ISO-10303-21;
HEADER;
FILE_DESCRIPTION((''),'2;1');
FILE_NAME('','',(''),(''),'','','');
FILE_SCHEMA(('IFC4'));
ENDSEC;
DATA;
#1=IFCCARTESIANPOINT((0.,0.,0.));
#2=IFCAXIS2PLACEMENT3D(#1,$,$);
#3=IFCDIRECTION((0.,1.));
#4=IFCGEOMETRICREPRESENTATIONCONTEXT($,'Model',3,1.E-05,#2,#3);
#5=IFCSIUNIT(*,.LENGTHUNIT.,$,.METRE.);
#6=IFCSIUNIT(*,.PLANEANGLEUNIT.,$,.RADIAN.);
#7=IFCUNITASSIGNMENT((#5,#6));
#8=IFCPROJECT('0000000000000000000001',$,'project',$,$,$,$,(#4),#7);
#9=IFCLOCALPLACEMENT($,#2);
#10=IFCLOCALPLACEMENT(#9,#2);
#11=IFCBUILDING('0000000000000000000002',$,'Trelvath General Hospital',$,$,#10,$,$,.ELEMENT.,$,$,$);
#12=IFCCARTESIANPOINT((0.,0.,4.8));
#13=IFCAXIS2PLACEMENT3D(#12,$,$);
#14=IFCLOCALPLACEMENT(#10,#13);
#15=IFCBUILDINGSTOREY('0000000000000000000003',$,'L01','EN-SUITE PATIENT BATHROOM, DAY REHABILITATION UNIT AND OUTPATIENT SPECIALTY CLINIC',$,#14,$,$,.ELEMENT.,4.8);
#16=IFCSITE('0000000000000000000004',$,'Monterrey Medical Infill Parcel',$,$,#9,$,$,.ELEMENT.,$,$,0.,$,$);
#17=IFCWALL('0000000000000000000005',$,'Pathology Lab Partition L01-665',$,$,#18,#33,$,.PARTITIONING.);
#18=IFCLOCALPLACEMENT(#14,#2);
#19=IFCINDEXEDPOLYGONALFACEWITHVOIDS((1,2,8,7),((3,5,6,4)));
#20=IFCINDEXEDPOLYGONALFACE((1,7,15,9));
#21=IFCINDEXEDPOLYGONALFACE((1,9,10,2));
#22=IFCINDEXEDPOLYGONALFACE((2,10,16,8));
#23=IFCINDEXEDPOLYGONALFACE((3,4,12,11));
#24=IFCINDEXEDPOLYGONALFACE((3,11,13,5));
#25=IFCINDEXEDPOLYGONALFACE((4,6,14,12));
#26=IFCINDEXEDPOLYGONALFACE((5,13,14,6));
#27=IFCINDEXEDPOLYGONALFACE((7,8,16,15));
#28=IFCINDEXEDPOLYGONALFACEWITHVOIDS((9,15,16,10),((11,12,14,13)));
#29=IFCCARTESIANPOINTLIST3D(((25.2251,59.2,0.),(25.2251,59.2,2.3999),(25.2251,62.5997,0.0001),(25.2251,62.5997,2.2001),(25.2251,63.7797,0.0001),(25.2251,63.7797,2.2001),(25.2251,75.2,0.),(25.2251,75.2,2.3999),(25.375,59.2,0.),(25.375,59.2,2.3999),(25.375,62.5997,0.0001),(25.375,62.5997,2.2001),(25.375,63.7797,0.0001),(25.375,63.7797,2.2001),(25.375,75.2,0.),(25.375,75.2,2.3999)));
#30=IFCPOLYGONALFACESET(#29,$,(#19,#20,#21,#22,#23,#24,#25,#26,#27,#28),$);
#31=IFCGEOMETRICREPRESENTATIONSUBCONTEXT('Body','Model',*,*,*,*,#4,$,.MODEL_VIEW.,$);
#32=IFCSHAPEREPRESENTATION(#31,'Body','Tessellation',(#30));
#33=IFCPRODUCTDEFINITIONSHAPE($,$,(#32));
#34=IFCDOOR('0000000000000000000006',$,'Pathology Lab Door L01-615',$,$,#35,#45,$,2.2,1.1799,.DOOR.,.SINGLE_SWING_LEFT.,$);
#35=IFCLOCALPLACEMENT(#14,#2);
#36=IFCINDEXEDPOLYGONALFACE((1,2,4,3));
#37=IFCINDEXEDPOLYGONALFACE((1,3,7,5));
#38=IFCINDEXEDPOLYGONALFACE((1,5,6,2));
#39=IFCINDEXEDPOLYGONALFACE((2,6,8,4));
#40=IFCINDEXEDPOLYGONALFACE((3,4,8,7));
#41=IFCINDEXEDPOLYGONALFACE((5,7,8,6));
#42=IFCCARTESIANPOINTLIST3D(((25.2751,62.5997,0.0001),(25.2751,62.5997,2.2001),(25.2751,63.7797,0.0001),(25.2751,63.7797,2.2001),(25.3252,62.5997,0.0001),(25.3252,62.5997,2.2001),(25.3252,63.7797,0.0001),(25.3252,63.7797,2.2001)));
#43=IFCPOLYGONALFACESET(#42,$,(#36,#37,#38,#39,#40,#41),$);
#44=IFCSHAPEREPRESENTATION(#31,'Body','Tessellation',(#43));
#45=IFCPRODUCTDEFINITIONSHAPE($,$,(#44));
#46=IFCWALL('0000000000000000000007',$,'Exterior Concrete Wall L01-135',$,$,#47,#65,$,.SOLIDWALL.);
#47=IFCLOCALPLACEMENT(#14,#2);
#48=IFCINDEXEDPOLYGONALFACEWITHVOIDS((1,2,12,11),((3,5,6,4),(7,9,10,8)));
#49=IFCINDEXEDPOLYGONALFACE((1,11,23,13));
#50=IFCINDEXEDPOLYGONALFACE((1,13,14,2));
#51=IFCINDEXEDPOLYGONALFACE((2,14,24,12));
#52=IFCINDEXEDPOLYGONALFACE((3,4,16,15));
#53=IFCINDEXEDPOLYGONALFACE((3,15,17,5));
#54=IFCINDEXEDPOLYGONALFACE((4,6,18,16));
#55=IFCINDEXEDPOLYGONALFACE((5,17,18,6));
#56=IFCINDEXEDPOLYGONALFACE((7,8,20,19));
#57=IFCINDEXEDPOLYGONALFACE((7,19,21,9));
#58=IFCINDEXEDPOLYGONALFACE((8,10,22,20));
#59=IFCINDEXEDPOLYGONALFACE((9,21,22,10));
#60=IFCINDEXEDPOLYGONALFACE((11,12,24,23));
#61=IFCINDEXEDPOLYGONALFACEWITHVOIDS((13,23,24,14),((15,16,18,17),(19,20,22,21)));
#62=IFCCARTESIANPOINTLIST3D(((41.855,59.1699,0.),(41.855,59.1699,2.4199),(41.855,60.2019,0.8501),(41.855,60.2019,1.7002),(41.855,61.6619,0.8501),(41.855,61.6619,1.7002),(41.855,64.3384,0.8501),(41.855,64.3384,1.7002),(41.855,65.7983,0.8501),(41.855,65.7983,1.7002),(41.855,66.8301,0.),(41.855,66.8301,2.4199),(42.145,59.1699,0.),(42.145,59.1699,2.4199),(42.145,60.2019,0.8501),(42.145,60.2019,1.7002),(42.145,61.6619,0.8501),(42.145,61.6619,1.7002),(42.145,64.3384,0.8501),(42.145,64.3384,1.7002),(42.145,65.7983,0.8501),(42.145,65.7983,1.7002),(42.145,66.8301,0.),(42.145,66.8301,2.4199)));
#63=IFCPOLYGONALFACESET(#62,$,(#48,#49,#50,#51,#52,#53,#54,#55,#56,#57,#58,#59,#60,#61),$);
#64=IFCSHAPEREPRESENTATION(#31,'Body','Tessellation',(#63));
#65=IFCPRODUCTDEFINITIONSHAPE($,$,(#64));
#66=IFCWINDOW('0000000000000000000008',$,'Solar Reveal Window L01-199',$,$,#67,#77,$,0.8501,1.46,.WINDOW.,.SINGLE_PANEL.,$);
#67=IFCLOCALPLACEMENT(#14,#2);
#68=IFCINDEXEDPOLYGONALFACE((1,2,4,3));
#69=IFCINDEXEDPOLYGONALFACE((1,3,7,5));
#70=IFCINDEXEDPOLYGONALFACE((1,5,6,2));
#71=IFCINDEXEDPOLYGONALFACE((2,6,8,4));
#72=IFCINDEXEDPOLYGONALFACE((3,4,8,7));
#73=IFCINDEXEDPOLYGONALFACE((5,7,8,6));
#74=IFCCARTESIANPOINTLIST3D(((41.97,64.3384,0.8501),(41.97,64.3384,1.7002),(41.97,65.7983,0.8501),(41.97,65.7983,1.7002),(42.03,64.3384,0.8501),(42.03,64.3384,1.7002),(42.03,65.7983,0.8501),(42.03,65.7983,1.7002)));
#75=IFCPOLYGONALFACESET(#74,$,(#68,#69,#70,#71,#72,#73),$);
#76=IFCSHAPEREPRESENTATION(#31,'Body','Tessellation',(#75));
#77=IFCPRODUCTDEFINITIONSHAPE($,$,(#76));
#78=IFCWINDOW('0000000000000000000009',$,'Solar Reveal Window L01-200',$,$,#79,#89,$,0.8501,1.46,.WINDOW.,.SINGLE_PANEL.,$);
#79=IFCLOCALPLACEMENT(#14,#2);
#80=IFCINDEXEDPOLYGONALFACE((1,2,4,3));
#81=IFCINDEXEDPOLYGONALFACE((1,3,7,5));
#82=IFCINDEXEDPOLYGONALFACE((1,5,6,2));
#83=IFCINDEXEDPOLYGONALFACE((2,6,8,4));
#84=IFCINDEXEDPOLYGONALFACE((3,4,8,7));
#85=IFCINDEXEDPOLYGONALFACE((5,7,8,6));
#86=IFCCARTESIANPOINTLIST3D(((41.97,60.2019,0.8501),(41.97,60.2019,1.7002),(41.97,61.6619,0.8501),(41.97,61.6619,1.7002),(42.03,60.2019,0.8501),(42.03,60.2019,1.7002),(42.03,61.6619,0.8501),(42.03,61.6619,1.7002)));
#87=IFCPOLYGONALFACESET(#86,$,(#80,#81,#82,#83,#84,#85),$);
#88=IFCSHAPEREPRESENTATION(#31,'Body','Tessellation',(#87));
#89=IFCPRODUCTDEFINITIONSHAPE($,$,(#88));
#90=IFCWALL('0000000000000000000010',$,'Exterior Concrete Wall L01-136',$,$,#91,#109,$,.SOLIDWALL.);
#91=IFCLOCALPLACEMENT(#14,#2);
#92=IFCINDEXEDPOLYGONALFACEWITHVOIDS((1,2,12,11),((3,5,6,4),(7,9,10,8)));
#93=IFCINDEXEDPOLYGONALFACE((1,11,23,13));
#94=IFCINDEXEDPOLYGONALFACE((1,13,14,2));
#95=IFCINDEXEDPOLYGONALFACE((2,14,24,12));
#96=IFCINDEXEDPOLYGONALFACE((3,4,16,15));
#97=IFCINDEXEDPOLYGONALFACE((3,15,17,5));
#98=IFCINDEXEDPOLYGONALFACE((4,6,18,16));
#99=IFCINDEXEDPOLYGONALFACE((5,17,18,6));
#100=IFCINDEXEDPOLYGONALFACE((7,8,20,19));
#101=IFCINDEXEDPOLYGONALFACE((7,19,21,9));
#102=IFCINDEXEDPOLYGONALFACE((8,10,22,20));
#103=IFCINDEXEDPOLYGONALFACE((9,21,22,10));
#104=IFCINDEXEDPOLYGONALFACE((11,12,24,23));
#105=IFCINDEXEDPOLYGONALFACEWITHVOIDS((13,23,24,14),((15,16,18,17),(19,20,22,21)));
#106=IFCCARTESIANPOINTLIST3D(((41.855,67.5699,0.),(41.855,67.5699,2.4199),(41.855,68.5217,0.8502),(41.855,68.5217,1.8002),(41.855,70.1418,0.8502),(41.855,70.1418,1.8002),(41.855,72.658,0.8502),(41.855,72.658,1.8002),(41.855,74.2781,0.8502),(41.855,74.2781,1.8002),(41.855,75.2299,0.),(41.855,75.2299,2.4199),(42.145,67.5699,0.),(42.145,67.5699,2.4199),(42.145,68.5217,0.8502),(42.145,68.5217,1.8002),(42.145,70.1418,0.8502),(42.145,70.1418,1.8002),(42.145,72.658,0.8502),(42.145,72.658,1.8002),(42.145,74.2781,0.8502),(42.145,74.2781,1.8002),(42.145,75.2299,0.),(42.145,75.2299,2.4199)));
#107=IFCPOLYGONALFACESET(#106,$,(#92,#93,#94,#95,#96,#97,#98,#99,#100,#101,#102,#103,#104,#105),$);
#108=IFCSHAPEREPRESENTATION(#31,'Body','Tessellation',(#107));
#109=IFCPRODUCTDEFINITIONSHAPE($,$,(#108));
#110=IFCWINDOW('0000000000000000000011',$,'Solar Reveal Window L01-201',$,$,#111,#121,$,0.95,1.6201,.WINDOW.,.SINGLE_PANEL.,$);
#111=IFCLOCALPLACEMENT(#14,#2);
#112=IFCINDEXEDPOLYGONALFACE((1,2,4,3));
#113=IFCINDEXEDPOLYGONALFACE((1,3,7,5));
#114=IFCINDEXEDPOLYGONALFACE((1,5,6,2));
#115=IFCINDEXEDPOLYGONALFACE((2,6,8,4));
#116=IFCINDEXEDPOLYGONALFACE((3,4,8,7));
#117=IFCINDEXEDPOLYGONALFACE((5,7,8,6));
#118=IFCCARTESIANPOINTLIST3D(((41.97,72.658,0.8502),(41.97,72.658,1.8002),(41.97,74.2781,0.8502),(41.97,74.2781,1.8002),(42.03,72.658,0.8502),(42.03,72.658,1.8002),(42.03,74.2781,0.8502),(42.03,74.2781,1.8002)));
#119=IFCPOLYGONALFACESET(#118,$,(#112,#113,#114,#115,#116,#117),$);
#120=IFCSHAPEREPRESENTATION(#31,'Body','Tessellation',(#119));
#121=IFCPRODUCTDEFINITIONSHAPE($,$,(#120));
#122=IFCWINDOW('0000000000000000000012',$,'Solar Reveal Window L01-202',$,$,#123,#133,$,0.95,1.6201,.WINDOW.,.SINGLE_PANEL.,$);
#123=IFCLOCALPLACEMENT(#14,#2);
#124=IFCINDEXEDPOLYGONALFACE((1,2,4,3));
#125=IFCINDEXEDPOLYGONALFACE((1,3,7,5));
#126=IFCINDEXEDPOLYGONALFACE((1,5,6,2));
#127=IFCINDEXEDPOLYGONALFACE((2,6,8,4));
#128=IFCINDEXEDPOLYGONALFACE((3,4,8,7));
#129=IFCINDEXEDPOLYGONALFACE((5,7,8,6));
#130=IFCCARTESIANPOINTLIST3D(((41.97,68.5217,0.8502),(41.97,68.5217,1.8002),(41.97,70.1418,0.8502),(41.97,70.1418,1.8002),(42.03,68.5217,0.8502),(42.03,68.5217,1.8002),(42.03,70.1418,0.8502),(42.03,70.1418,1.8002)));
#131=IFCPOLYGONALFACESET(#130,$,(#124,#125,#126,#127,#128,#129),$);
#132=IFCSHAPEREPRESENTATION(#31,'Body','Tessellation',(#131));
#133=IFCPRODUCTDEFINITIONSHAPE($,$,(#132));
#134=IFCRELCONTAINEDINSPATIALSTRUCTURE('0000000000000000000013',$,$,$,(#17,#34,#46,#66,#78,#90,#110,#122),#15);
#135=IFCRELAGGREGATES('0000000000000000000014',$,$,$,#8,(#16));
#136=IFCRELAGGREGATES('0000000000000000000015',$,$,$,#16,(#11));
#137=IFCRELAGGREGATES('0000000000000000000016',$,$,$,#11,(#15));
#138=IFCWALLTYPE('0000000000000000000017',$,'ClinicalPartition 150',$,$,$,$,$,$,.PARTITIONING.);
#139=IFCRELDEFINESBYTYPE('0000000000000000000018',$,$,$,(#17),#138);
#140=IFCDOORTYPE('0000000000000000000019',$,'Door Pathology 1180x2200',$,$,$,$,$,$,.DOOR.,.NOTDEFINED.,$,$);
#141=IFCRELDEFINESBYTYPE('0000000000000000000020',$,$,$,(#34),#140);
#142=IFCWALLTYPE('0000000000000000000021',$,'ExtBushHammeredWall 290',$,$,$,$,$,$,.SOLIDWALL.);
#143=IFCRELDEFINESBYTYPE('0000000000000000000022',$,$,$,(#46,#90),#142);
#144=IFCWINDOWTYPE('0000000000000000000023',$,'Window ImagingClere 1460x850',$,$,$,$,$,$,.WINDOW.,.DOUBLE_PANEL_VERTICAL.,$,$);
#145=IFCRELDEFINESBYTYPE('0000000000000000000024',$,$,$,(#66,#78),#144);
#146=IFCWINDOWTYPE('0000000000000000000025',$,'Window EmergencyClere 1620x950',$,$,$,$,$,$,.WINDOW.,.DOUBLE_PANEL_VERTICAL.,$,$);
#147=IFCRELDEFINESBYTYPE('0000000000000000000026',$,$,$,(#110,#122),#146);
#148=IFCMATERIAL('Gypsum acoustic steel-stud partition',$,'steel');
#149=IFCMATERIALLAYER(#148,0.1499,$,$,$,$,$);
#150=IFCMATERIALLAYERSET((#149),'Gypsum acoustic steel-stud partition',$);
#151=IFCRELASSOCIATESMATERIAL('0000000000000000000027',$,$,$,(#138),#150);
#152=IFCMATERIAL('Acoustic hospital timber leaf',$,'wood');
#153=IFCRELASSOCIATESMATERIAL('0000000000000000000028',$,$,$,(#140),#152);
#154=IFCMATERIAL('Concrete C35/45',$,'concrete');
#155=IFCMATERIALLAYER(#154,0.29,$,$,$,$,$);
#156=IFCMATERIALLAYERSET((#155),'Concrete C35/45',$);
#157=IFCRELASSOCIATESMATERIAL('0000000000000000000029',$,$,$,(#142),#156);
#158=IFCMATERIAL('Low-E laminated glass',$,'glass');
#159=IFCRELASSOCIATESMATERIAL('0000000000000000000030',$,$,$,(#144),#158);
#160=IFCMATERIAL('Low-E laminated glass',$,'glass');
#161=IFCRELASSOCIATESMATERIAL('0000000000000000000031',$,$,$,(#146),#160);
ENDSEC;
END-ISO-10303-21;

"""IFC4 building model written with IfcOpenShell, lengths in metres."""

from ifc_helpers import new_model, si_unit, direction, frame, frame_2d, origin, place, context, subcontext, project, spatial, rectangle, extrude, material, layer, layer_set, type_object, element, fill, save


model = new_model("IFC4")

# Units and contexts
model_context = context("Model", 3, precision=1e-05, world=origin(), true_north=direction((0.0, 1.0)))
body_context = subcontext(model_context, "Body", "Model", "MODEL_VIEW")
ifc_project = project(units=[si_unit("LENGTHUNIT", "METRE"), si_unit("PLANEANGLEUNIT", "RADIAN")], contexts=[model_context])

# Site, building, storey
site_placement = place(None, origin())
site = spatial("IfcSite", under=ifc_project, at=site_placement, Name="Monterrey Medical Infill Parcel", CompositionType="ELEMENT", RefElevation=0.0)
building_placement = place(site_placement, origin())
building = spatial("IfcBuilding", under=site, at=building_placement, Name="Trelvath General Hospital", CompositionType="ELEMENT")
storey_placement = place(building_placement, frame((0.0, 0.0, 4.8)))
storey = spatial("IfcBuildingStorey", under=building, at=storey_placement, Name="L01", Description="EN-SUITE PATIENT BATHROOM, DAY REHABILITATION UNIT AND OUTPATIENT SPECIALTY CLINIC", CompositionType="ELEMENT", Elevation=4.8)

# Wall, opening, door
ifc_material_1 = material(Name="Gypsum acoustic steel-stud partition", Category="steel")
ifc_layer_1 = layer(ifc_material_1, 0.1499)
ifc_layer_set_1 = layer_set([ifc_layer_1], Name="Gypsum acoustic steel-stud partition")
wall_type_1 = type_object("IfcWallType", Name="ClinicalPartition 150", PredefinedType="PARTITIONING", material=ifc_layer_set_1)
wall_1_placement = place(storey_placement, frame((25.3, 59.2, 0.0), z_axis=(0.0, 0.0, 1.0), x_axis=(0.0, 1.0, 0.0)))
wall_1 = element("IfcWall", 1, at=wall_1_placement, inside=storey, type_object=wall_type_1, Name="Pathology Lab Partition L01-665", PredefinedType="PARTITIONING", context=body_context, shape_type="SweptSolid", body=[
    extrude(rectangle(XDim=16.0, YDim=0.1499, at=frame_2d((8.0, 0.0))), origin(), (0.0, 0.0, 1.0), 2.3999),
])
opening_1_placement = place(wall_1_placement, frame((3.3999, 0.0, 0.0)))
opening_1 = element("IfcOpeningElement", 2, at=opening_1_placement, cuts=wall_1, PredefinedType="OPENING", context=body_context, shape_type="SweptSolid", body=[
    extrude(rectangle(XDim=1.1799, YDim=2.2, at=frame_2d((0.5898, 1.1001))), frame((0.0, 0.085, 0.0), z_axis=(0.0, -1.0, 0.0), x_axis=(1.0, 0.0, 0.0)), (0.0, 0.0, 1.0), 0.1699),
])
ifc_material_2 = material(Name="Acoustic hospital timber leaf", Category="wood")
door_type = type_object("IfcDoorType", Name="Door Pathology 1180x2200", OperationType="NOTDEFINED", PredefinedType="DOOR", material=ifc_material_2)
door_placement = place(opening_1_placement, origin())
door = element("IfcDoor", 3, at=door_placement, inside=storey, type_object=door_type, Name="Pathology Lab Door L01-615", OperationType="SINGLE_SWING_LEFT", OverallHeight=2.2, OverallWidth=1.1799, PredefinedType="DOOR", context=body_context, shape_type="SweptSolid", body=[
    extrude(rectangle(XDim=1.1799, YDim=2.2, at=frame_2d((0.5898, 1.1001))), frame((0.0, 0.0249, 0.0), z_axis=(0.0, -1.0, 0.0), x_axis=(1.0, 0.0, 0.0)), (0.0, 0.0, 1.0), 0.05),
])
fill(opening_1, door)

# Walls, openings, windows
ifc_material_3 = material(Name="Concrete C35/45", Category="concrete")
ifc_layer_2 = layer(ifc_material_3, 0.29)
ifc_layer_set_2 = layer_set([ifc_layer_2], Name="Concrete C35/45")
wall_type_2 = type_object("IfcWallType", Name="ExtBushHammeredWall 290", PredefinedType="SOLIDWALL", material=ifc_layer_set_2)
wall_2_placement = place(storey_placement, frame((42.0, 66.8301, 0.0), z_axis=(0.0, 0.0, 1.0), x_axis=(0.0, -1.0, 0.0)))
wall_2 = element("IfcWall", 4, at=wall_2_placement, inside=storey, type_object=wall_type_2, Name="Exterior Concrete Wall L01-135", PredefinedType="SOLIDWALL", context=body_context, shape_type="SweptSolid", body=[
    extrude(rectangle(XDim=7.6602, YDim=0.29, at=frame_2d((3.8301, 0.0))), origin(), (0.0, 0.0, 1.0), 2.4199),
])
opening_2_placement = place(wall_2_placement, frame((1.0317, 0.0, 0.8501)))
opening_2 = element("IfcOpeningElement", 5, at=opening_2_placement, cuts=wall_2, PredefinedType="OPENING", context=body_context, shape_type="SweptSolid", body=[
    extrude(rectangle(XDim=1.46, YDim=0.8501, at=frame_2d((0.73, 0.425))), frame((0.0, 0.155, 0.0), z_axis=(0.0, -1.0, 0.0), x_axis=(1.0, 0.0, 0.0)), (0.0, 0.0, 1.0), 0.3101),
])
opening_3_placement = place(wall_2_placement, frame((5.1682, 0.0, 0.8501)))
opening_3 = element("IfcOpeningElement", 6, at=opening_3_placement, cuts=wall_2, PredefinedType="OPENING", context=body_context, shape_type="SweptSolid", body=[
    extrude(rectangle(XDim=1.46, YDim=0.8501, at=frame_2d((0.73, 0.425))), frame((0.0, 0.155, 0.0), z_axis=(0.0, -1.0, 0.0), x_axis=(1.0, 0.0, 0.0)), (0.0, 0.0, 1.0), 0.3101),
])
ifc_material_4 = material(Name="Low-E laminated glass", Category="glass")
window_type_1 = type_object("IfcWindowType", Name="Window ImagingClere 1460x850", PartitioningType="DOUBLE_PANEL_VERTICAL", PredefinedType="WINDOW", material=ifc_material_4)
window_1_placement = place(opening_2_placement, origin())
window_1 = element("IfcWindow", 7, at=window_1_placement, inside=storey, type_object=window_type_1, Name="Solar Reveal Window L01-199", OverallHeight=0.8501, OverallWidth=1.46, PartitioningType="SINGLE_PANEL", PredefinedType="WINDOW", context=body_context, shape_type="SweptSolid", body=[
    extrude(rectangle(XDim=1.46, YDim=0.8501, at=frame_2d((0.73, 0.425))), frame((0.0, 0.03, 0.0), z_axis=(0.0, -1.0, 0.0), x_axis=(1.0, 0.0, 0.0)), (0.0, 0.0, 1.0), 0.0601),
])
fill(opening_2, window_1)
window_2_placement = place(opening_3_placement, origin())
window_2 = element("IfcWindow", 8, at=window_2_placement, inside=storey, type_object=window_type_1, Name="Solar Reveal Window L01-200", OverallHeight=0.8501, OverallWidth=1.46, PartitioningType="SINGLE_PANEL", PredefinedType="WINDOW", context=body_context, shape_type="SweptSolid", body=[
    extrude(rectangle(XDim=1.46, YDim=0.8501, at=frame_2d((0.73, 0.425))), frame((0.0, 0.03, 0.0), z_axis=(0.0, -1.0, 0.0), x_axis=(1.0, 0.0, 0.0)), (0.0, 0.0, 1.0), 0.0601),
])
fill(opening_3, window_2)
wall_3_placement = place(storey_placement, frame((42.0, 75.23, 0.0), z_axis=(0.0, 0.0, 1.0), x_axis=(0.0, -1.0, 0.0)))
wall_3 = element("IfcWall", 9, at=wall_3_placement, inside=storey, type_object=wall_type_2, Name="Exterior Concrete Wall L01-136", PredefinedType="SOLIDWALL", context=body_context, shape_type="SweptSolid", body=[
    extrude(rectangle(XDim=7.6599, YDim=0.29, at=frame_2d((3.8301, 0.0))), origin(), (0.0, 0.0, 1.0), 2.4199),
])
opening_4_placement = place(wall_3_placement, frame((0.9519, 0.0, 0.8501)))
opening_4 = element("IfcOpeningElement", 10, at=opening_4_placement, cuts=wall_3, PredefinedType="OPENING", context=body_context, shape_type="SweptSolid", body=[
    extrude(rectangle(XDim=1.6201, YDim=0.95, at=frame_2d((0.8101, 0.4751))), frame((0.0, 0.155, 0.0), z_axis=(0.0, -1.0, 0.0), x_axis=(1.0, 0.0, 0.0)), (0.0, 0.0, 1.0), 0.3101),
])
opening_5_placement = place(wall_3_placement, frame((5.0881, 0.0, 0.8501)))
opening_5 = element("IfcOpeningElement", 11, at=opening_5_placement, cuts=wall_3, PredefinedType="OPENING", context=body_context, shape_type="SweptSolid", body=[
    extrude(rectangle(XDim=1.6201, YDim=0.95, at=frame_2d((0.8101, 0.4751))), frame((0.0, 0.155, 0.0), z_axis=(0.0, -1.0, 0.0), x_axis=(1.0, 0.0, 0.0)), (0.0, 0.0, 1.0), 0.3101),
])
ifc_material_5 = material(Name="Low-E laminated glass", Category="glass")
window_type_2 = type_object("IfcWindowType", Name="Window EmergencyClere 1620x950", PartitioningType="DOUBLE_PANEL_VERTICAL", PredefinedType="WINDOW", material=ifc_material_5)
window_3_placement = place(opening_4_placement, origin())
window_3 = element("IfcWindow", 12, at=window_3_placement, inside=storey, type_object=window_type_2, Name="Solar Reveal Window L01-201", OverallHeight=0.95, OverallWidth=1.6201, PartitioningType="SINGLE_PANEL", PredefinedType="WINDOW", context=body_context, shape_type="SweptSolid", body=[
    extrude(rectangle(XDim=1.6201, YDim=0.95, at=frame_2d((0.8101, 0.4751))), frame((0.0, 0.03, 0.0), z_axis=(0.0, -1.0, 0.0), x_axis=(1.0, 0.0, 0.0)), (0.0, 0.0, 1.0), 0.0601),
])
fill(opening_4, window_3)
window_4_placement = place(opening_5_placement, origin())
window_4 = element("IfcWindow", 13, at=window_4_placement, inside=storey, type_object=window_type_2, Name="Solar Reveal Window L01-202", OverallHeight=0.95, OverallWidth=1.6201, PartitioningType="SINGLE_PANEL", PredefinedType="WINDOW", context=body_context, shape_type="SweptSolid", body=[
    extrude(rectangle(XDim=1.6201, YDim=0.95, at=frame_2d((0.8101, 0.4751))), frame((0.0, 0.03, 0.0), z_axis=(0.0, -1.0, 0.0), x_axis=(1.0, 0.0, 0.0)), (0.0, 0.0, 1.0), 0.0601),
])
fill(opening_5, window_4)

save(model, "model.ifc")
